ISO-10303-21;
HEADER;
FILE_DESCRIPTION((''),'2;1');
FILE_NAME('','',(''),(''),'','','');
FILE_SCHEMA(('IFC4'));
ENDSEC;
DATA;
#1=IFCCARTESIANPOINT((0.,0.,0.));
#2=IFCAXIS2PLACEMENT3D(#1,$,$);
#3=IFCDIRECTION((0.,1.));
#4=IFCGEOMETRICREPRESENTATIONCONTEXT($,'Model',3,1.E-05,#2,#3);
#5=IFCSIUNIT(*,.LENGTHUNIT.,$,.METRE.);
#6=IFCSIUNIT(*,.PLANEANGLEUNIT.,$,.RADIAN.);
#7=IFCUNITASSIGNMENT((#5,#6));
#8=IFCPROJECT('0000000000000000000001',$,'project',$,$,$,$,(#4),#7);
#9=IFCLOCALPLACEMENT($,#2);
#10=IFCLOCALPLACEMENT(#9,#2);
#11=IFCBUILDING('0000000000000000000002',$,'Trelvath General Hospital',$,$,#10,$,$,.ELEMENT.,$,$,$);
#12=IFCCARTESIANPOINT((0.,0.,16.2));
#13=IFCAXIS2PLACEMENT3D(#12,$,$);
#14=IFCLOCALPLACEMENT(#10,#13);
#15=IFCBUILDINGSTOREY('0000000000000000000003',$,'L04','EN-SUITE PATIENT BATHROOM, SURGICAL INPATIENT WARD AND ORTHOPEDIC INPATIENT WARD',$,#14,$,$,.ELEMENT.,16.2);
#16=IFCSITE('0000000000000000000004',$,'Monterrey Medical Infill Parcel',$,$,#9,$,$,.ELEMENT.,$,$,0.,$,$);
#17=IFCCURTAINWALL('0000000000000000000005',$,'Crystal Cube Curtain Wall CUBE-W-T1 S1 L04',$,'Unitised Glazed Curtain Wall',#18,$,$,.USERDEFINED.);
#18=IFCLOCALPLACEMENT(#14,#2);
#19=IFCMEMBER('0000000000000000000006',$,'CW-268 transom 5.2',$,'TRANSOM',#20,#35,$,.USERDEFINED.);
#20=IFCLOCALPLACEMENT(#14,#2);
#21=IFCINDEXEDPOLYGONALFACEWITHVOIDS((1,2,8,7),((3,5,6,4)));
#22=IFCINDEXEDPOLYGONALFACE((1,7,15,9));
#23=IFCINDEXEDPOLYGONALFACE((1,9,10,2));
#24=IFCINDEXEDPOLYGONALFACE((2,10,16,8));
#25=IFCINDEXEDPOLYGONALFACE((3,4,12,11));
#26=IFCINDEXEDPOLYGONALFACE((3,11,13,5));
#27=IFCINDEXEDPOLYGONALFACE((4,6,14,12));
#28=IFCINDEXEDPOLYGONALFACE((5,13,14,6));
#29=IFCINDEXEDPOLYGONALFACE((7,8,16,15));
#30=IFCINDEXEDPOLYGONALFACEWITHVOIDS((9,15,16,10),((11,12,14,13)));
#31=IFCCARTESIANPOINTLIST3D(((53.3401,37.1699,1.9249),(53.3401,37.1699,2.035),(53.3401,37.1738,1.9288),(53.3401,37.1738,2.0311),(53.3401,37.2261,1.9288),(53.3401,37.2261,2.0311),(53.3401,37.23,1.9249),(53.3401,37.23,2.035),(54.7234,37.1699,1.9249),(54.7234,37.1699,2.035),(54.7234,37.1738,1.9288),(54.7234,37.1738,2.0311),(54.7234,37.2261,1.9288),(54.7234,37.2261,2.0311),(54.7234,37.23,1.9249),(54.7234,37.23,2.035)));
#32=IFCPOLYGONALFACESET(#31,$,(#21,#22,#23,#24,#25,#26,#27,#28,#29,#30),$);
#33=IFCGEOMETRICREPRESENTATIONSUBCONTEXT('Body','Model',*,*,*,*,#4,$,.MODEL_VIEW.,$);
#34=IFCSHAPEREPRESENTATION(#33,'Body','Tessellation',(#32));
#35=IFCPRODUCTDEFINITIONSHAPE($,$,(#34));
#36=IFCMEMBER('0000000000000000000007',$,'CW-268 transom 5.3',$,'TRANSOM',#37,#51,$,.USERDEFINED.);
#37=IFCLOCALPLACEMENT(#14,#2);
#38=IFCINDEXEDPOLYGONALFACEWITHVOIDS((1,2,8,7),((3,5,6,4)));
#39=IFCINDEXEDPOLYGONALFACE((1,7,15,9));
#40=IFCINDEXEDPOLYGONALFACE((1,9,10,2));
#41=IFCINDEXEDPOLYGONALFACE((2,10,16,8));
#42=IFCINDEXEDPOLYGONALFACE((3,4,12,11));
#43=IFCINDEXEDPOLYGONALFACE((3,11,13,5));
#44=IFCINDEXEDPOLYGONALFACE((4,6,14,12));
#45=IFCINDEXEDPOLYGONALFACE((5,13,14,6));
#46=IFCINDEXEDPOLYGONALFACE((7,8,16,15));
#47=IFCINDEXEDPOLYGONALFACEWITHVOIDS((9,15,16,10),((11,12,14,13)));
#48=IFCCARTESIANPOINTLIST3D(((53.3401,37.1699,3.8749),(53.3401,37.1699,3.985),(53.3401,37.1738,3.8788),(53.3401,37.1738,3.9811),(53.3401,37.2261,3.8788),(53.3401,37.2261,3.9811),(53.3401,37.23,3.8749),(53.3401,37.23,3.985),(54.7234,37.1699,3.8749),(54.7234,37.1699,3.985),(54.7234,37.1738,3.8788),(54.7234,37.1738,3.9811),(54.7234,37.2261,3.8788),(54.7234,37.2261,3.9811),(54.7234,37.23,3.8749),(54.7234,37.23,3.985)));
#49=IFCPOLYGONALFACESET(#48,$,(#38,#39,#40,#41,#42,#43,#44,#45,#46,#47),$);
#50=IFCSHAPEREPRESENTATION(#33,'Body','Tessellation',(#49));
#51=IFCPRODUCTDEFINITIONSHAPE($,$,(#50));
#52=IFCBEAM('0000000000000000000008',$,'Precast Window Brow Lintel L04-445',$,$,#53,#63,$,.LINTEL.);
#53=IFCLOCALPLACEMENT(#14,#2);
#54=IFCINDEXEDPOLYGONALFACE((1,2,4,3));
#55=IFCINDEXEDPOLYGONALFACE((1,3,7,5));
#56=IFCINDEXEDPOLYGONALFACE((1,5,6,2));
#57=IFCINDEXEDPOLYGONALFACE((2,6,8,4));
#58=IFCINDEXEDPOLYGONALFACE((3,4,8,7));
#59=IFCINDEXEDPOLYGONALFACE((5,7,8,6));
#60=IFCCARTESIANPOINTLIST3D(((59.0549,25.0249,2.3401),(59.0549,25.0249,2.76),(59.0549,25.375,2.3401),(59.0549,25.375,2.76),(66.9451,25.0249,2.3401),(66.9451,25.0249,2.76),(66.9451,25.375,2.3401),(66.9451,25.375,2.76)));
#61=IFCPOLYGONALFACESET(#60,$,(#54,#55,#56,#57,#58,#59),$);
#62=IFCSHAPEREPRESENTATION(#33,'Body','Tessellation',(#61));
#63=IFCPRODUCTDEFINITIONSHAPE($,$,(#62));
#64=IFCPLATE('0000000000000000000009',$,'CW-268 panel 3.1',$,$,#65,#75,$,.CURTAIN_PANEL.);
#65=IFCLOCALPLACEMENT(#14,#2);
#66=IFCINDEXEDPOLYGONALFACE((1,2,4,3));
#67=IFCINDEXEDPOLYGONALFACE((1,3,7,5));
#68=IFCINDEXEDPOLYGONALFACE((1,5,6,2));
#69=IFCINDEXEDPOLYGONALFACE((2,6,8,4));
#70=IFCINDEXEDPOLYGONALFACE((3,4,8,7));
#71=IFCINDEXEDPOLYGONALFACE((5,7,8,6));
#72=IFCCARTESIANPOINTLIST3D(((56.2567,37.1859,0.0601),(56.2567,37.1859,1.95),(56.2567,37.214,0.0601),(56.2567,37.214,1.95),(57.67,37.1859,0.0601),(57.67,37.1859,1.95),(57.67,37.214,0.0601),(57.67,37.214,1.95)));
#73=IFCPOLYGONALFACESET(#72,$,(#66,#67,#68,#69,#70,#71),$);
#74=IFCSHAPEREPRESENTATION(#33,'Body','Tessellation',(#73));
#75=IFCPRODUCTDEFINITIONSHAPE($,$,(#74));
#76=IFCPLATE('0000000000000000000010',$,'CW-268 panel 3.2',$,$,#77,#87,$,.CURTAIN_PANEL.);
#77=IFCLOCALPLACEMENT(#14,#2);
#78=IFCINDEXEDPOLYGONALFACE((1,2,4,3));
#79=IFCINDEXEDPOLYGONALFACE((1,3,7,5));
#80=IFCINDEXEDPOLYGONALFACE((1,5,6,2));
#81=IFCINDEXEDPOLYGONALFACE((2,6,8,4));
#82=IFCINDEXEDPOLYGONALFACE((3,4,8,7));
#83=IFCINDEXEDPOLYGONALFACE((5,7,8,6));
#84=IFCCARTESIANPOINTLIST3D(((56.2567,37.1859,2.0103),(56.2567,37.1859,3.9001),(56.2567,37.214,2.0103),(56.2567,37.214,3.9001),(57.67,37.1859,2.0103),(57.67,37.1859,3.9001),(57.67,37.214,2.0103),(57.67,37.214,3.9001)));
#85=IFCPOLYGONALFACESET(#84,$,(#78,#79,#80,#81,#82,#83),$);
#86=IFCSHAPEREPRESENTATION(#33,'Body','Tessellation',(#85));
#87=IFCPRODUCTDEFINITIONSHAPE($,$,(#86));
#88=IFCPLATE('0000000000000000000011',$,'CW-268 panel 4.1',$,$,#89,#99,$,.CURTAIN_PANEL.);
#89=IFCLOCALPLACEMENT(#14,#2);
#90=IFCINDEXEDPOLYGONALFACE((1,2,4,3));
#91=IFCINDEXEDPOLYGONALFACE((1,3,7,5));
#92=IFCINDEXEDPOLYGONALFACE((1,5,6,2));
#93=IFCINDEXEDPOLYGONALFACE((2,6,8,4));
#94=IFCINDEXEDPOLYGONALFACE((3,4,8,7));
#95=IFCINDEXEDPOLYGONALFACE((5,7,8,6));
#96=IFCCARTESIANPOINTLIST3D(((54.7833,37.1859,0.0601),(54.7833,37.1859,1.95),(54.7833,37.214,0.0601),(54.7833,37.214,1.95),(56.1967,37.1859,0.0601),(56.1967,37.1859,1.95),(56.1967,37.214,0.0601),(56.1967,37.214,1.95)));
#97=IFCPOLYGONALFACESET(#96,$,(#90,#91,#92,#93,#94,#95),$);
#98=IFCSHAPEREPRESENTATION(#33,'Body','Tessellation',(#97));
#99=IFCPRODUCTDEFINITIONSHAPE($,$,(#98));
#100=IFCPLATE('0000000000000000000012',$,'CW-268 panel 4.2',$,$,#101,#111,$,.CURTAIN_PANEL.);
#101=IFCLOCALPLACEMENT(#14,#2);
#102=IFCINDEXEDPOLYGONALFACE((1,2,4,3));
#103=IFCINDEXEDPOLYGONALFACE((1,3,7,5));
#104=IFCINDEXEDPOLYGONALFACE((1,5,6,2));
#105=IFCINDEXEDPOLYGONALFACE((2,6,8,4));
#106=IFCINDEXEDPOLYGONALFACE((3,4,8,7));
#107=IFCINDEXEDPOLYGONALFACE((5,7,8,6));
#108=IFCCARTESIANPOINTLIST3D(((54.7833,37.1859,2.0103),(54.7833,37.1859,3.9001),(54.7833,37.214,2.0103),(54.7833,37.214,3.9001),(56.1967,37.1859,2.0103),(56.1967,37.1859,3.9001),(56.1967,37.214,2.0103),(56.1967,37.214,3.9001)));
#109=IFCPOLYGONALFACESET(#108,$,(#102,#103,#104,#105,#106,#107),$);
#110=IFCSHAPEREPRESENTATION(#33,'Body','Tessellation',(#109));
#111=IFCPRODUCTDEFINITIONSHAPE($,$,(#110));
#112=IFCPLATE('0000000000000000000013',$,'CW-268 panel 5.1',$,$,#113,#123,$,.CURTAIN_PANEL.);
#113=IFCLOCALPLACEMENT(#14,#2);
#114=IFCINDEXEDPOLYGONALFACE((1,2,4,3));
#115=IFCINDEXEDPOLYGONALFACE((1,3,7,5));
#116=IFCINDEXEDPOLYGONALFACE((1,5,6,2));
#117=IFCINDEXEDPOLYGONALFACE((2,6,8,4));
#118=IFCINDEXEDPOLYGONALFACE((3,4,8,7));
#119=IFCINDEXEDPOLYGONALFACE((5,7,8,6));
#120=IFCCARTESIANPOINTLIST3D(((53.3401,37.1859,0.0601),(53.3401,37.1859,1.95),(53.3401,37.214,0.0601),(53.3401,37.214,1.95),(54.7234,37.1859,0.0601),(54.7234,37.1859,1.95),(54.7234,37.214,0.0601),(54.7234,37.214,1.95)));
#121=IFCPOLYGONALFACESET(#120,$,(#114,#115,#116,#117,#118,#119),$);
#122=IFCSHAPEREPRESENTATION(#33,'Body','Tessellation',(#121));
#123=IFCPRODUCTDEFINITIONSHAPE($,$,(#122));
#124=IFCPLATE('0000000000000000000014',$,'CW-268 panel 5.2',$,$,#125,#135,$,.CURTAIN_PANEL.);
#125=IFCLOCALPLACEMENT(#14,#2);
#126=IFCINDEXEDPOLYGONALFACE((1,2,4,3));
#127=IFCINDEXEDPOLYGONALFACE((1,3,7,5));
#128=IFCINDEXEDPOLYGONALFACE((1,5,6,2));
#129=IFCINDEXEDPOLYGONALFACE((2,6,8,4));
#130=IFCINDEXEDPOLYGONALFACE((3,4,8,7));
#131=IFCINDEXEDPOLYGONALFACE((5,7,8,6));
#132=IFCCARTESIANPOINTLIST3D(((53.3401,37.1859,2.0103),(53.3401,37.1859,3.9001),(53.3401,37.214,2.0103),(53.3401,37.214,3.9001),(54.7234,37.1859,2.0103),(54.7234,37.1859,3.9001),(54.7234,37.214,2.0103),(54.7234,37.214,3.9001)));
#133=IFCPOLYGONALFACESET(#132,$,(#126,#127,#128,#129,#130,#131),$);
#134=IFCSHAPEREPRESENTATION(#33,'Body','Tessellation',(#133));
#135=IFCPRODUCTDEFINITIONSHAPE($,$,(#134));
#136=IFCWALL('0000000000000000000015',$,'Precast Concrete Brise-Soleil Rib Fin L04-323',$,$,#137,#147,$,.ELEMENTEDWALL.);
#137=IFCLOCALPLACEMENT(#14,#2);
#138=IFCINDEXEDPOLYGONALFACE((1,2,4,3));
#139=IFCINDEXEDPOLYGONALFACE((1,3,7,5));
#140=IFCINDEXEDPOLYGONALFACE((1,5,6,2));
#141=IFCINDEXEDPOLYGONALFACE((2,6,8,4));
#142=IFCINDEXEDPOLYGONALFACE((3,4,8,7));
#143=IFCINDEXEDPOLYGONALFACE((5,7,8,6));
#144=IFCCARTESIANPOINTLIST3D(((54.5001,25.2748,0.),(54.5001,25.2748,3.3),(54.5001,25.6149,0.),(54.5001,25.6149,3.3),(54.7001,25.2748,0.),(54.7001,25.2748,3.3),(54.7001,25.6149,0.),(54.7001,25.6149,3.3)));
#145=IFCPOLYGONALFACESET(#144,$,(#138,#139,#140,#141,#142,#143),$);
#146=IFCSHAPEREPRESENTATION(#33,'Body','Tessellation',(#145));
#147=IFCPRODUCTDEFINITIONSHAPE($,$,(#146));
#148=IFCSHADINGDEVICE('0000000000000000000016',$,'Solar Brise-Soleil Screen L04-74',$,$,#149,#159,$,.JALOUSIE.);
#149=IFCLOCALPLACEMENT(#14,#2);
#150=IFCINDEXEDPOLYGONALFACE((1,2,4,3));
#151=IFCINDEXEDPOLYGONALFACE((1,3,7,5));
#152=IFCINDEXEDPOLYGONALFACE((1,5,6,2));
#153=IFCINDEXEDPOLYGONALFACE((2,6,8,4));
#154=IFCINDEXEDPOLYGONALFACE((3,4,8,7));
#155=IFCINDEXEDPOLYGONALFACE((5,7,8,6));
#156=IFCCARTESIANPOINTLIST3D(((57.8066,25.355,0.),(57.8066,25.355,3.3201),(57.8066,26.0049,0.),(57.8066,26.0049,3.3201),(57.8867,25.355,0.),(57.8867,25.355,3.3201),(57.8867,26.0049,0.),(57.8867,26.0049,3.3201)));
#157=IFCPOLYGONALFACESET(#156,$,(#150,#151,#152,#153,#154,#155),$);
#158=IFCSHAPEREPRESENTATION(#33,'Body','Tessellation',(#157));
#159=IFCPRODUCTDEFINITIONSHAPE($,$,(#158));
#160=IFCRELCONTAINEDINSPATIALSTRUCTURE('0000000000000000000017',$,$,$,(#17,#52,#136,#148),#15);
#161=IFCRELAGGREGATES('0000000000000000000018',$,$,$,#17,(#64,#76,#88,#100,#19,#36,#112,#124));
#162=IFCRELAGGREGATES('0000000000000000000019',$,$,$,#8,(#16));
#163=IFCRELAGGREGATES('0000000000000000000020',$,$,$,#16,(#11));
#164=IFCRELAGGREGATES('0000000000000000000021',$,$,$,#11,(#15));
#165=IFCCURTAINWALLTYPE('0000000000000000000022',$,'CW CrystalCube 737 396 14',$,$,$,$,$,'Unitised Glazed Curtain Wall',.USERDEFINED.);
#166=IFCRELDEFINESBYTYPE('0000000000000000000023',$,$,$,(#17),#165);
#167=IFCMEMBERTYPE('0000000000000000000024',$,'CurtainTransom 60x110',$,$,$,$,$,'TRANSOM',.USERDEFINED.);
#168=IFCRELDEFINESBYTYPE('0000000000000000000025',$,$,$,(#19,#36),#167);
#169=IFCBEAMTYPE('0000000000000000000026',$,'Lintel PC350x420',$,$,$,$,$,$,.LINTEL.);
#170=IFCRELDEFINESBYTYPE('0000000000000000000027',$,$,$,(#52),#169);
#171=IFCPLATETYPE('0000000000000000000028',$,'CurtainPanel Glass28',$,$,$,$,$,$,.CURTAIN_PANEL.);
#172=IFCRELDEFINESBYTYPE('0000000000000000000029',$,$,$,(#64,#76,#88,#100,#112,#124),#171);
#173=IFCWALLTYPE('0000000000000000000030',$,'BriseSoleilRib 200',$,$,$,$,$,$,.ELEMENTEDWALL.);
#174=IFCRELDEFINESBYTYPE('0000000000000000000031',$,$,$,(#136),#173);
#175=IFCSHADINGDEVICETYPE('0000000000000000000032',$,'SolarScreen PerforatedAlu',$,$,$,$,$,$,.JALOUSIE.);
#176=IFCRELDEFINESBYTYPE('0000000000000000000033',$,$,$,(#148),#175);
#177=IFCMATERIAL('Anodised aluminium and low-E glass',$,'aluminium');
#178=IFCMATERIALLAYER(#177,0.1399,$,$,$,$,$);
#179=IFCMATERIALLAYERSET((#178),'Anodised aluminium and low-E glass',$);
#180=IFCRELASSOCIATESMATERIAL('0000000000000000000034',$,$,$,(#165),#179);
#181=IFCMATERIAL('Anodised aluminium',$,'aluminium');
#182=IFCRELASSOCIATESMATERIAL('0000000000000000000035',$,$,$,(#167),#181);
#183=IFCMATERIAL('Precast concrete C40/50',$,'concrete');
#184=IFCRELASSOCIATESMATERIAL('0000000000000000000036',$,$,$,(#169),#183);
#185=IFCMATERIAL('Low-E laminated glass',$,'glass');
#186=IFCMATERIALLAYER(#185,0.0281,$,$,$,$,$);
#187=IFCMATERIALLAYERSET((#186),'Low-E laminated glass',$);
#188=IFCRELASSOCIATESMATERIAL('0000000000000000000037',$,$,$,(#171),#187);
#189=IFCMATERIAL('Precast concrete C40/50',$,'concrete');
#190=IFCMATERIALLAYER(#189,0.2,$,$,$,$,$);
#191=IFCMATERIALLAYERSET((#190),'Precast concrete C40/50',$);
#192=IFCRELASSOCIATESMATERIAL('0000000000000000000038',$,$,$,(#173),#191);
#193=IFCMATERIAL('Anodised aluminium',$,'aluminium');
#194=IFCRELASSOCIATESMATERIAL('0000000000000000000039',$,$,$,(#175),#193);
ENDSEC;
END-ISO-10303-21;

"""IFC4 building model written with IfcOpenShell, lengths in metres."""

from ifc_helpers import new_model, si_unit, direction, frame, frame_2d, origin, origin_2d, place, context, subcontext, project, spatial, rectangle, hollow_rectangle, extrude, material, layer, layer_set, material_profile, profile_set, type_object, element, aggregate, save


model = new_model("IFC4")

# Units and contexts
model_context = context("Model", 3, precision=1e-05, world=origin(), true_north=direction((0.0, 1.0)))
body_context = subcontext(model_context, "Body", "Model", "MODEL_VIEW")
ifc_project = project(units=[si_unit("LENGTHUNIT", "METRE"), si_unit("PLANEANGLEUNIT", "RADIAN")], contexts=[model_context])

# Site, building, storey
site_placement = place(None, origin())
site = spatial("IfcSite", under=ifc_project, at=site_placement, Name="Monterrey Medical Infill Parcel", CompositionType="ELEMENT", RefElevation=0.0)
building_placement = place(site_placement, origin())
building = spatial("IfcBuilding", under=site, at=building_placement, Name="Trelvath General Hospital", CompositionType="ELEMENT")
storey_placement = place(building_placement, frame((0.0, 0.0, 16.2)))
storey = spatial("IfcBuildingStorey", under=building, at=storey_placement, Name="L04", Description="EN-SUITE PATIENT BATHROOM, SURGICAL INPATIENT WARD AND ORTHOPEDIC INPATIENT WARD", CompositionType="ELEMENT", Elevation=16.2)

# Curtain wall, members
ifc_material_1 = material(Name="Anodised aluminium and low-E glass", Category="aluminium")
ifc_layer_1 = layer(ifc_material_1, 0.1399)
ifc_layer_set_1 = layer_set([ifc_layer_1], Name="Anodised aluminium and low-E glass")
curtain_wall_type = type_object("IfcCurtainWallType", Name="CW CrystalCube 737 396 14", ElementType="Unitised Glazed Curtain Wall", PredefinedType="USERDEFINED", material=ifc_layer_set_1)
curtain_wall_placement = place(storey_placement, origin())
curtain_wall = element("IfcCurtainWall", 1, at=curtain_wall_placement, inside=storey, type_object=curtain_wall_type, Name="Crystal Cube Curtain Wall CUBE-W-T1 S1 L04", ObjectType="Unitised Glazed Curtain Wall", PredefinedType="USERDEFINED")
ifc_material_2 = material(Name="Anodised aluminium", Category="aluminium")
ifc_material_profile_1 = material_profile(ifc_material_2, hollow_rectangle(XDim=0.0601, YDim=0.1101, WallThickness=0.0039, at=origin_2d()), Name="RHS60x110x4")
ifc_profile_set_1 = profile_set([ifc_material_profile_1], Name="Anodised aluminium")
member_type_1 = type_object("IfcMemberType", Name="CurtainTransom 60x110", ElementType="TRANSOM", PredefinedType="USERDEFINED", material=ifc_profile_set_1)
member_1_placement = place(storey_placement, frame((54.7234, 37.2, 1.98), z_axis=(-1.0, 0.0, 0.0), x_axis=(0.0, -1.0, 0.0)))
member_1 = element("IfcMember", 2, at=member_1_placement, type_object=member_type_1, Name="CW-268 transom 5.2", ObjectType="TRANSOM", PredefinedType="USERDEFINED", context=body_context, shape_type="SweptSolid", body=[
    extrude(hollow_rectangle(XDim=0.0601, YDim=0.1101, WallThickness=0.0039, at=origin_2d()), origin(), (0.0, 0.0, 1.0), 1.3833),
])
member_2_placement = place(storey_placement, frame((54.7234, 37.2, 3.9299), z_axis=(-1.0, 0.0, 0.0), x_axis=(0.0, -1.0, 0.0)))
member_2 = element("IfcMember", 3, at=member_2_placement, type_object=member_type_1, Name="CW-268 transom 5.3", ObjectType="TRANSOM", PredefinedType="USERDEFINED", context=body_context, shape_type="SweptSolid", body=[
    extrude(hollow_rectangle(XDim=0.0601, YDim=0.1101, WallThickness=0.0039, at=origin_2d()), origin(), (0.0, 0.0, 1.0), 1.3833),
])

# Beam
ifc_material_3 = material(Name="Precast concrete C40/50", Category="concrete")
ifc_material_profile_2 = material_profile(ifc_material_3, rectangle(XDim=0.3501, YDim=0.4199, at=origin_2d()), Name="PCL350x420")
ifc_profile_set_2 = profile_set([ifc_material_profile_2], Name="Precast concrete C40/50")
beam_type_1 = type_object("IfcBeamType", Name="Lintel PC350x420", PredefinedType="LINTEL", material=ifc_profile_set_2)
beam_1_placement = place(storey_placement, frame((59.0549, 25.2, 2.55), z_axis=(1.0, 0.0, 0.0), x_axis=(0.0, 1.0, 0.0)))
element("IfcBeam", 4, at=beam_1_placement, inside=storey, type_object=beam_type_1, Name="Precast Window Brow Lintel L04-445", PredefinedType="LINTEL", context=body_context, shape_type="SweptSolid", body=[
    extrude(rectangle(XDim=0.3501, YDim=0.4199, at=origin_2d()), origin(), (0.0, 0.0, 1.0), 7.8901),
])

# Plates
ifc_material_4 = material(Name="Low-E laminated glass", Category="glass")
ifc_layer_2 = layer(ifc_material_4, 0.0281)
ifc_layer_set_2 = layer_set([ifc_layer_2], Name="Low-E laminated glass")
plate_type = type_object("IfcPlateType", Name="CurtainPanel Glass28", PredefinedType="CURTAIN_PANEL", material=ifc_layer_set_2)
plate_1_placement = place(storey_placement, frame((56.9634, 37.2, 0.0601), z_axis=(0.0, 0.0, 1.0), x_axis=(-1.0, 0.0, 0.0)))
plate_1 = element("IfcPlate", 5, at=plate_1_placement, type_object=plate_type, Name="CW-268 panel 3.1", PredefinedType="CURTAIN_PANEL", context=body_context, shape_type="SweptSolid", body=[
    extrude(rectangle(XDim=1.4133, YDim=0.0281, at=origin_2d()), origin(), (0.0, 0.0, 1.0), 1.8899),
])
plate_2_placement = place(storey_placement, frame((56.9634, 37.2, 2.0103), z_axis=(0.0, 0.0, 1.0), x_axis=(-1.0, 0.0, 0.0)))
plate_2 = element("IfcPlate", 6, at=plate_2_placement, type_object=plate_type, Name="CW-268 panel 3.2", PredefinedType="CURTAIN_PANEL", context=body_context, shape_type="SweptSolid", body=[
    extrude(rectangle(XDim=1.4133, YDim=0.0281, at=origin_2d()), origin(), (0.0, 0.0, 1.0), 1.8899),
])
plate_3_placement = place(storey_placement, frame((55.49, 37.2, 0.0601), z_axis=(0.0, 0.0, 1.0), x_axis=(-1.0, 0.0, 0.0)))
plate_3 = element("IfcPlate", 7, at=plate_3_placement, type_object=plate_type, Name="CW-268 panel 4.1", PredefinedType="CURTAIN_PANEL", context=body_context, shape_type="SweptSolid", body=[
    extrude(rectangle(XDim=1.4133, YDim=0.0281, at=origin_2d()), origin(), (0.0, 0.0, 1.0), 1.8899),
])
plate_4_placement = place(storey_placement, frame((55.49, 37.2, 2.0103), z_axis=(0.0, 0.0, 1.0), x_axis=(-1.0, 0.0, 0.0)))
plate_4 = element("IfcPlate", 8, at=plate_4_placement, type_object=plate_type, Name="CW-268 panel 4.2", PredefinedType="CURTAIN_PANEL", context=body_context, shape_type="SweptSolid", body=[
    extrude(rectangle(XDim=1.4133, YDim=0.0281, at=origin_2d()), origin(), (0.0, 0.0, 1.0), 1.8899),
])
plate_5_placement = place(storey_placement, frame((54.0317, 37.2, 0.0601), z_axis=(0.0, 0.0, 1.0), x_axis=(-1.0, 0.0, 0.0)))
plate_5 = element("IfcPlate", 9, at=plate_5_placement, type_object=plate_type, Name="CW-268 panel 5.1", PredefinedType="CURTAIN_PANEL", context=body_context, shape_type="SweptSolid", body=[
    extrude(rectangle(XDim=1.3833, YDim=0.0281, at=origin_2d()), origin(), (0.0, 0.0, 1.0), 1.8899),
])
plate_6_placement = place(storey_placement, frame((54.0317, 37.2, 2.0103), z_axis=(0.0, 0.0, 1.0), x_axis=(-1.0, 0.0, 0.0)))
plate_6 = element("IfcPlate", 10, at=plate_6_placement, type_object=plate_type, Name="CW-268 panel 5.2", PredefinedType="CURTAIN_PANEL", context=body_context, shape_type="SweptSolid", body=[
    extrude(rectangle(XDim=1.3833, YDim=0.0281, at=origin_2d()), origin(), (0.0, 0.0, 1.0), 1.8899),
])
aggregate(curtain_wall, [plate_1, plate_2, plate_3, plate_4, member_1, member_2, plate_5, plate_6])

# Wall
ifc_material_5 = material(Name="Precast concrete C40/50", Category="concrete")
ifc_layer_3 = layer(ifc_material_5, 0.2)
ifc_layer_set_3 = layer_set([ifc_layer_3], Name="Precast concrete C40/50")
wall_type = type_object("IfcWallType", Name="BriseSoleilRib 200", PredefinedType="ELEMENTEDWALL", material=ifc_layer_set_3)
wall_placement = place(storey_placement, frame((54.6001, 25.2749, 0.0), z_axis=(0.0, 0.0, 1.0), x_axis=(0.0, 1.0, 0.0)))
element("IfcWall", 11, at=wall_placement, inside=storey, type_object=wall_type, Name="Precast Concrete Brise-Soleil Rib Fin L04-323", PredefinedType="ELEMENTEDWALL", context=body_context, shape_type="SweptSolid", body=[
    extrude(rectangle(XDim=0.3401, YDim=0.2, at=frame_2d((0.1699, 0.0))), origin(), (0.0, 0.0, 1.0), 3.3),
])

# Shading device
ifc_material_6 = material(Name="Anodised aluminium", Category="aluminium")
shading_device_type = type_object("IfcShadingDeviceType", Name="SolarScreen PerforatedAlu", PredefinedType="JALOUSIE", material=ifc_material_6)
shading_device_placement = place(storey_placement, frame((57.8467, 25.6799, 0.0), z_axis=(0.0, 0.0, 1.0), x_axis=(0.0, 1.0, 0.0)))
element("IfcShadingDevice", 12, at=shading_device_placement, inside=storey, type_object=shading_device_type, Name="Solar Brise-Soleil Screen L04-74", PredefinedType="JALOUSIE", context=body_context, shape_type="SweptSolid", body=[
    extrude(rectangle(XDim=0.6499, YDim=0.0801, at=origin_2d()), origin(), (0.0, 0.0, 1.0), 3.3201),
])

save(model, "model.ifc")
